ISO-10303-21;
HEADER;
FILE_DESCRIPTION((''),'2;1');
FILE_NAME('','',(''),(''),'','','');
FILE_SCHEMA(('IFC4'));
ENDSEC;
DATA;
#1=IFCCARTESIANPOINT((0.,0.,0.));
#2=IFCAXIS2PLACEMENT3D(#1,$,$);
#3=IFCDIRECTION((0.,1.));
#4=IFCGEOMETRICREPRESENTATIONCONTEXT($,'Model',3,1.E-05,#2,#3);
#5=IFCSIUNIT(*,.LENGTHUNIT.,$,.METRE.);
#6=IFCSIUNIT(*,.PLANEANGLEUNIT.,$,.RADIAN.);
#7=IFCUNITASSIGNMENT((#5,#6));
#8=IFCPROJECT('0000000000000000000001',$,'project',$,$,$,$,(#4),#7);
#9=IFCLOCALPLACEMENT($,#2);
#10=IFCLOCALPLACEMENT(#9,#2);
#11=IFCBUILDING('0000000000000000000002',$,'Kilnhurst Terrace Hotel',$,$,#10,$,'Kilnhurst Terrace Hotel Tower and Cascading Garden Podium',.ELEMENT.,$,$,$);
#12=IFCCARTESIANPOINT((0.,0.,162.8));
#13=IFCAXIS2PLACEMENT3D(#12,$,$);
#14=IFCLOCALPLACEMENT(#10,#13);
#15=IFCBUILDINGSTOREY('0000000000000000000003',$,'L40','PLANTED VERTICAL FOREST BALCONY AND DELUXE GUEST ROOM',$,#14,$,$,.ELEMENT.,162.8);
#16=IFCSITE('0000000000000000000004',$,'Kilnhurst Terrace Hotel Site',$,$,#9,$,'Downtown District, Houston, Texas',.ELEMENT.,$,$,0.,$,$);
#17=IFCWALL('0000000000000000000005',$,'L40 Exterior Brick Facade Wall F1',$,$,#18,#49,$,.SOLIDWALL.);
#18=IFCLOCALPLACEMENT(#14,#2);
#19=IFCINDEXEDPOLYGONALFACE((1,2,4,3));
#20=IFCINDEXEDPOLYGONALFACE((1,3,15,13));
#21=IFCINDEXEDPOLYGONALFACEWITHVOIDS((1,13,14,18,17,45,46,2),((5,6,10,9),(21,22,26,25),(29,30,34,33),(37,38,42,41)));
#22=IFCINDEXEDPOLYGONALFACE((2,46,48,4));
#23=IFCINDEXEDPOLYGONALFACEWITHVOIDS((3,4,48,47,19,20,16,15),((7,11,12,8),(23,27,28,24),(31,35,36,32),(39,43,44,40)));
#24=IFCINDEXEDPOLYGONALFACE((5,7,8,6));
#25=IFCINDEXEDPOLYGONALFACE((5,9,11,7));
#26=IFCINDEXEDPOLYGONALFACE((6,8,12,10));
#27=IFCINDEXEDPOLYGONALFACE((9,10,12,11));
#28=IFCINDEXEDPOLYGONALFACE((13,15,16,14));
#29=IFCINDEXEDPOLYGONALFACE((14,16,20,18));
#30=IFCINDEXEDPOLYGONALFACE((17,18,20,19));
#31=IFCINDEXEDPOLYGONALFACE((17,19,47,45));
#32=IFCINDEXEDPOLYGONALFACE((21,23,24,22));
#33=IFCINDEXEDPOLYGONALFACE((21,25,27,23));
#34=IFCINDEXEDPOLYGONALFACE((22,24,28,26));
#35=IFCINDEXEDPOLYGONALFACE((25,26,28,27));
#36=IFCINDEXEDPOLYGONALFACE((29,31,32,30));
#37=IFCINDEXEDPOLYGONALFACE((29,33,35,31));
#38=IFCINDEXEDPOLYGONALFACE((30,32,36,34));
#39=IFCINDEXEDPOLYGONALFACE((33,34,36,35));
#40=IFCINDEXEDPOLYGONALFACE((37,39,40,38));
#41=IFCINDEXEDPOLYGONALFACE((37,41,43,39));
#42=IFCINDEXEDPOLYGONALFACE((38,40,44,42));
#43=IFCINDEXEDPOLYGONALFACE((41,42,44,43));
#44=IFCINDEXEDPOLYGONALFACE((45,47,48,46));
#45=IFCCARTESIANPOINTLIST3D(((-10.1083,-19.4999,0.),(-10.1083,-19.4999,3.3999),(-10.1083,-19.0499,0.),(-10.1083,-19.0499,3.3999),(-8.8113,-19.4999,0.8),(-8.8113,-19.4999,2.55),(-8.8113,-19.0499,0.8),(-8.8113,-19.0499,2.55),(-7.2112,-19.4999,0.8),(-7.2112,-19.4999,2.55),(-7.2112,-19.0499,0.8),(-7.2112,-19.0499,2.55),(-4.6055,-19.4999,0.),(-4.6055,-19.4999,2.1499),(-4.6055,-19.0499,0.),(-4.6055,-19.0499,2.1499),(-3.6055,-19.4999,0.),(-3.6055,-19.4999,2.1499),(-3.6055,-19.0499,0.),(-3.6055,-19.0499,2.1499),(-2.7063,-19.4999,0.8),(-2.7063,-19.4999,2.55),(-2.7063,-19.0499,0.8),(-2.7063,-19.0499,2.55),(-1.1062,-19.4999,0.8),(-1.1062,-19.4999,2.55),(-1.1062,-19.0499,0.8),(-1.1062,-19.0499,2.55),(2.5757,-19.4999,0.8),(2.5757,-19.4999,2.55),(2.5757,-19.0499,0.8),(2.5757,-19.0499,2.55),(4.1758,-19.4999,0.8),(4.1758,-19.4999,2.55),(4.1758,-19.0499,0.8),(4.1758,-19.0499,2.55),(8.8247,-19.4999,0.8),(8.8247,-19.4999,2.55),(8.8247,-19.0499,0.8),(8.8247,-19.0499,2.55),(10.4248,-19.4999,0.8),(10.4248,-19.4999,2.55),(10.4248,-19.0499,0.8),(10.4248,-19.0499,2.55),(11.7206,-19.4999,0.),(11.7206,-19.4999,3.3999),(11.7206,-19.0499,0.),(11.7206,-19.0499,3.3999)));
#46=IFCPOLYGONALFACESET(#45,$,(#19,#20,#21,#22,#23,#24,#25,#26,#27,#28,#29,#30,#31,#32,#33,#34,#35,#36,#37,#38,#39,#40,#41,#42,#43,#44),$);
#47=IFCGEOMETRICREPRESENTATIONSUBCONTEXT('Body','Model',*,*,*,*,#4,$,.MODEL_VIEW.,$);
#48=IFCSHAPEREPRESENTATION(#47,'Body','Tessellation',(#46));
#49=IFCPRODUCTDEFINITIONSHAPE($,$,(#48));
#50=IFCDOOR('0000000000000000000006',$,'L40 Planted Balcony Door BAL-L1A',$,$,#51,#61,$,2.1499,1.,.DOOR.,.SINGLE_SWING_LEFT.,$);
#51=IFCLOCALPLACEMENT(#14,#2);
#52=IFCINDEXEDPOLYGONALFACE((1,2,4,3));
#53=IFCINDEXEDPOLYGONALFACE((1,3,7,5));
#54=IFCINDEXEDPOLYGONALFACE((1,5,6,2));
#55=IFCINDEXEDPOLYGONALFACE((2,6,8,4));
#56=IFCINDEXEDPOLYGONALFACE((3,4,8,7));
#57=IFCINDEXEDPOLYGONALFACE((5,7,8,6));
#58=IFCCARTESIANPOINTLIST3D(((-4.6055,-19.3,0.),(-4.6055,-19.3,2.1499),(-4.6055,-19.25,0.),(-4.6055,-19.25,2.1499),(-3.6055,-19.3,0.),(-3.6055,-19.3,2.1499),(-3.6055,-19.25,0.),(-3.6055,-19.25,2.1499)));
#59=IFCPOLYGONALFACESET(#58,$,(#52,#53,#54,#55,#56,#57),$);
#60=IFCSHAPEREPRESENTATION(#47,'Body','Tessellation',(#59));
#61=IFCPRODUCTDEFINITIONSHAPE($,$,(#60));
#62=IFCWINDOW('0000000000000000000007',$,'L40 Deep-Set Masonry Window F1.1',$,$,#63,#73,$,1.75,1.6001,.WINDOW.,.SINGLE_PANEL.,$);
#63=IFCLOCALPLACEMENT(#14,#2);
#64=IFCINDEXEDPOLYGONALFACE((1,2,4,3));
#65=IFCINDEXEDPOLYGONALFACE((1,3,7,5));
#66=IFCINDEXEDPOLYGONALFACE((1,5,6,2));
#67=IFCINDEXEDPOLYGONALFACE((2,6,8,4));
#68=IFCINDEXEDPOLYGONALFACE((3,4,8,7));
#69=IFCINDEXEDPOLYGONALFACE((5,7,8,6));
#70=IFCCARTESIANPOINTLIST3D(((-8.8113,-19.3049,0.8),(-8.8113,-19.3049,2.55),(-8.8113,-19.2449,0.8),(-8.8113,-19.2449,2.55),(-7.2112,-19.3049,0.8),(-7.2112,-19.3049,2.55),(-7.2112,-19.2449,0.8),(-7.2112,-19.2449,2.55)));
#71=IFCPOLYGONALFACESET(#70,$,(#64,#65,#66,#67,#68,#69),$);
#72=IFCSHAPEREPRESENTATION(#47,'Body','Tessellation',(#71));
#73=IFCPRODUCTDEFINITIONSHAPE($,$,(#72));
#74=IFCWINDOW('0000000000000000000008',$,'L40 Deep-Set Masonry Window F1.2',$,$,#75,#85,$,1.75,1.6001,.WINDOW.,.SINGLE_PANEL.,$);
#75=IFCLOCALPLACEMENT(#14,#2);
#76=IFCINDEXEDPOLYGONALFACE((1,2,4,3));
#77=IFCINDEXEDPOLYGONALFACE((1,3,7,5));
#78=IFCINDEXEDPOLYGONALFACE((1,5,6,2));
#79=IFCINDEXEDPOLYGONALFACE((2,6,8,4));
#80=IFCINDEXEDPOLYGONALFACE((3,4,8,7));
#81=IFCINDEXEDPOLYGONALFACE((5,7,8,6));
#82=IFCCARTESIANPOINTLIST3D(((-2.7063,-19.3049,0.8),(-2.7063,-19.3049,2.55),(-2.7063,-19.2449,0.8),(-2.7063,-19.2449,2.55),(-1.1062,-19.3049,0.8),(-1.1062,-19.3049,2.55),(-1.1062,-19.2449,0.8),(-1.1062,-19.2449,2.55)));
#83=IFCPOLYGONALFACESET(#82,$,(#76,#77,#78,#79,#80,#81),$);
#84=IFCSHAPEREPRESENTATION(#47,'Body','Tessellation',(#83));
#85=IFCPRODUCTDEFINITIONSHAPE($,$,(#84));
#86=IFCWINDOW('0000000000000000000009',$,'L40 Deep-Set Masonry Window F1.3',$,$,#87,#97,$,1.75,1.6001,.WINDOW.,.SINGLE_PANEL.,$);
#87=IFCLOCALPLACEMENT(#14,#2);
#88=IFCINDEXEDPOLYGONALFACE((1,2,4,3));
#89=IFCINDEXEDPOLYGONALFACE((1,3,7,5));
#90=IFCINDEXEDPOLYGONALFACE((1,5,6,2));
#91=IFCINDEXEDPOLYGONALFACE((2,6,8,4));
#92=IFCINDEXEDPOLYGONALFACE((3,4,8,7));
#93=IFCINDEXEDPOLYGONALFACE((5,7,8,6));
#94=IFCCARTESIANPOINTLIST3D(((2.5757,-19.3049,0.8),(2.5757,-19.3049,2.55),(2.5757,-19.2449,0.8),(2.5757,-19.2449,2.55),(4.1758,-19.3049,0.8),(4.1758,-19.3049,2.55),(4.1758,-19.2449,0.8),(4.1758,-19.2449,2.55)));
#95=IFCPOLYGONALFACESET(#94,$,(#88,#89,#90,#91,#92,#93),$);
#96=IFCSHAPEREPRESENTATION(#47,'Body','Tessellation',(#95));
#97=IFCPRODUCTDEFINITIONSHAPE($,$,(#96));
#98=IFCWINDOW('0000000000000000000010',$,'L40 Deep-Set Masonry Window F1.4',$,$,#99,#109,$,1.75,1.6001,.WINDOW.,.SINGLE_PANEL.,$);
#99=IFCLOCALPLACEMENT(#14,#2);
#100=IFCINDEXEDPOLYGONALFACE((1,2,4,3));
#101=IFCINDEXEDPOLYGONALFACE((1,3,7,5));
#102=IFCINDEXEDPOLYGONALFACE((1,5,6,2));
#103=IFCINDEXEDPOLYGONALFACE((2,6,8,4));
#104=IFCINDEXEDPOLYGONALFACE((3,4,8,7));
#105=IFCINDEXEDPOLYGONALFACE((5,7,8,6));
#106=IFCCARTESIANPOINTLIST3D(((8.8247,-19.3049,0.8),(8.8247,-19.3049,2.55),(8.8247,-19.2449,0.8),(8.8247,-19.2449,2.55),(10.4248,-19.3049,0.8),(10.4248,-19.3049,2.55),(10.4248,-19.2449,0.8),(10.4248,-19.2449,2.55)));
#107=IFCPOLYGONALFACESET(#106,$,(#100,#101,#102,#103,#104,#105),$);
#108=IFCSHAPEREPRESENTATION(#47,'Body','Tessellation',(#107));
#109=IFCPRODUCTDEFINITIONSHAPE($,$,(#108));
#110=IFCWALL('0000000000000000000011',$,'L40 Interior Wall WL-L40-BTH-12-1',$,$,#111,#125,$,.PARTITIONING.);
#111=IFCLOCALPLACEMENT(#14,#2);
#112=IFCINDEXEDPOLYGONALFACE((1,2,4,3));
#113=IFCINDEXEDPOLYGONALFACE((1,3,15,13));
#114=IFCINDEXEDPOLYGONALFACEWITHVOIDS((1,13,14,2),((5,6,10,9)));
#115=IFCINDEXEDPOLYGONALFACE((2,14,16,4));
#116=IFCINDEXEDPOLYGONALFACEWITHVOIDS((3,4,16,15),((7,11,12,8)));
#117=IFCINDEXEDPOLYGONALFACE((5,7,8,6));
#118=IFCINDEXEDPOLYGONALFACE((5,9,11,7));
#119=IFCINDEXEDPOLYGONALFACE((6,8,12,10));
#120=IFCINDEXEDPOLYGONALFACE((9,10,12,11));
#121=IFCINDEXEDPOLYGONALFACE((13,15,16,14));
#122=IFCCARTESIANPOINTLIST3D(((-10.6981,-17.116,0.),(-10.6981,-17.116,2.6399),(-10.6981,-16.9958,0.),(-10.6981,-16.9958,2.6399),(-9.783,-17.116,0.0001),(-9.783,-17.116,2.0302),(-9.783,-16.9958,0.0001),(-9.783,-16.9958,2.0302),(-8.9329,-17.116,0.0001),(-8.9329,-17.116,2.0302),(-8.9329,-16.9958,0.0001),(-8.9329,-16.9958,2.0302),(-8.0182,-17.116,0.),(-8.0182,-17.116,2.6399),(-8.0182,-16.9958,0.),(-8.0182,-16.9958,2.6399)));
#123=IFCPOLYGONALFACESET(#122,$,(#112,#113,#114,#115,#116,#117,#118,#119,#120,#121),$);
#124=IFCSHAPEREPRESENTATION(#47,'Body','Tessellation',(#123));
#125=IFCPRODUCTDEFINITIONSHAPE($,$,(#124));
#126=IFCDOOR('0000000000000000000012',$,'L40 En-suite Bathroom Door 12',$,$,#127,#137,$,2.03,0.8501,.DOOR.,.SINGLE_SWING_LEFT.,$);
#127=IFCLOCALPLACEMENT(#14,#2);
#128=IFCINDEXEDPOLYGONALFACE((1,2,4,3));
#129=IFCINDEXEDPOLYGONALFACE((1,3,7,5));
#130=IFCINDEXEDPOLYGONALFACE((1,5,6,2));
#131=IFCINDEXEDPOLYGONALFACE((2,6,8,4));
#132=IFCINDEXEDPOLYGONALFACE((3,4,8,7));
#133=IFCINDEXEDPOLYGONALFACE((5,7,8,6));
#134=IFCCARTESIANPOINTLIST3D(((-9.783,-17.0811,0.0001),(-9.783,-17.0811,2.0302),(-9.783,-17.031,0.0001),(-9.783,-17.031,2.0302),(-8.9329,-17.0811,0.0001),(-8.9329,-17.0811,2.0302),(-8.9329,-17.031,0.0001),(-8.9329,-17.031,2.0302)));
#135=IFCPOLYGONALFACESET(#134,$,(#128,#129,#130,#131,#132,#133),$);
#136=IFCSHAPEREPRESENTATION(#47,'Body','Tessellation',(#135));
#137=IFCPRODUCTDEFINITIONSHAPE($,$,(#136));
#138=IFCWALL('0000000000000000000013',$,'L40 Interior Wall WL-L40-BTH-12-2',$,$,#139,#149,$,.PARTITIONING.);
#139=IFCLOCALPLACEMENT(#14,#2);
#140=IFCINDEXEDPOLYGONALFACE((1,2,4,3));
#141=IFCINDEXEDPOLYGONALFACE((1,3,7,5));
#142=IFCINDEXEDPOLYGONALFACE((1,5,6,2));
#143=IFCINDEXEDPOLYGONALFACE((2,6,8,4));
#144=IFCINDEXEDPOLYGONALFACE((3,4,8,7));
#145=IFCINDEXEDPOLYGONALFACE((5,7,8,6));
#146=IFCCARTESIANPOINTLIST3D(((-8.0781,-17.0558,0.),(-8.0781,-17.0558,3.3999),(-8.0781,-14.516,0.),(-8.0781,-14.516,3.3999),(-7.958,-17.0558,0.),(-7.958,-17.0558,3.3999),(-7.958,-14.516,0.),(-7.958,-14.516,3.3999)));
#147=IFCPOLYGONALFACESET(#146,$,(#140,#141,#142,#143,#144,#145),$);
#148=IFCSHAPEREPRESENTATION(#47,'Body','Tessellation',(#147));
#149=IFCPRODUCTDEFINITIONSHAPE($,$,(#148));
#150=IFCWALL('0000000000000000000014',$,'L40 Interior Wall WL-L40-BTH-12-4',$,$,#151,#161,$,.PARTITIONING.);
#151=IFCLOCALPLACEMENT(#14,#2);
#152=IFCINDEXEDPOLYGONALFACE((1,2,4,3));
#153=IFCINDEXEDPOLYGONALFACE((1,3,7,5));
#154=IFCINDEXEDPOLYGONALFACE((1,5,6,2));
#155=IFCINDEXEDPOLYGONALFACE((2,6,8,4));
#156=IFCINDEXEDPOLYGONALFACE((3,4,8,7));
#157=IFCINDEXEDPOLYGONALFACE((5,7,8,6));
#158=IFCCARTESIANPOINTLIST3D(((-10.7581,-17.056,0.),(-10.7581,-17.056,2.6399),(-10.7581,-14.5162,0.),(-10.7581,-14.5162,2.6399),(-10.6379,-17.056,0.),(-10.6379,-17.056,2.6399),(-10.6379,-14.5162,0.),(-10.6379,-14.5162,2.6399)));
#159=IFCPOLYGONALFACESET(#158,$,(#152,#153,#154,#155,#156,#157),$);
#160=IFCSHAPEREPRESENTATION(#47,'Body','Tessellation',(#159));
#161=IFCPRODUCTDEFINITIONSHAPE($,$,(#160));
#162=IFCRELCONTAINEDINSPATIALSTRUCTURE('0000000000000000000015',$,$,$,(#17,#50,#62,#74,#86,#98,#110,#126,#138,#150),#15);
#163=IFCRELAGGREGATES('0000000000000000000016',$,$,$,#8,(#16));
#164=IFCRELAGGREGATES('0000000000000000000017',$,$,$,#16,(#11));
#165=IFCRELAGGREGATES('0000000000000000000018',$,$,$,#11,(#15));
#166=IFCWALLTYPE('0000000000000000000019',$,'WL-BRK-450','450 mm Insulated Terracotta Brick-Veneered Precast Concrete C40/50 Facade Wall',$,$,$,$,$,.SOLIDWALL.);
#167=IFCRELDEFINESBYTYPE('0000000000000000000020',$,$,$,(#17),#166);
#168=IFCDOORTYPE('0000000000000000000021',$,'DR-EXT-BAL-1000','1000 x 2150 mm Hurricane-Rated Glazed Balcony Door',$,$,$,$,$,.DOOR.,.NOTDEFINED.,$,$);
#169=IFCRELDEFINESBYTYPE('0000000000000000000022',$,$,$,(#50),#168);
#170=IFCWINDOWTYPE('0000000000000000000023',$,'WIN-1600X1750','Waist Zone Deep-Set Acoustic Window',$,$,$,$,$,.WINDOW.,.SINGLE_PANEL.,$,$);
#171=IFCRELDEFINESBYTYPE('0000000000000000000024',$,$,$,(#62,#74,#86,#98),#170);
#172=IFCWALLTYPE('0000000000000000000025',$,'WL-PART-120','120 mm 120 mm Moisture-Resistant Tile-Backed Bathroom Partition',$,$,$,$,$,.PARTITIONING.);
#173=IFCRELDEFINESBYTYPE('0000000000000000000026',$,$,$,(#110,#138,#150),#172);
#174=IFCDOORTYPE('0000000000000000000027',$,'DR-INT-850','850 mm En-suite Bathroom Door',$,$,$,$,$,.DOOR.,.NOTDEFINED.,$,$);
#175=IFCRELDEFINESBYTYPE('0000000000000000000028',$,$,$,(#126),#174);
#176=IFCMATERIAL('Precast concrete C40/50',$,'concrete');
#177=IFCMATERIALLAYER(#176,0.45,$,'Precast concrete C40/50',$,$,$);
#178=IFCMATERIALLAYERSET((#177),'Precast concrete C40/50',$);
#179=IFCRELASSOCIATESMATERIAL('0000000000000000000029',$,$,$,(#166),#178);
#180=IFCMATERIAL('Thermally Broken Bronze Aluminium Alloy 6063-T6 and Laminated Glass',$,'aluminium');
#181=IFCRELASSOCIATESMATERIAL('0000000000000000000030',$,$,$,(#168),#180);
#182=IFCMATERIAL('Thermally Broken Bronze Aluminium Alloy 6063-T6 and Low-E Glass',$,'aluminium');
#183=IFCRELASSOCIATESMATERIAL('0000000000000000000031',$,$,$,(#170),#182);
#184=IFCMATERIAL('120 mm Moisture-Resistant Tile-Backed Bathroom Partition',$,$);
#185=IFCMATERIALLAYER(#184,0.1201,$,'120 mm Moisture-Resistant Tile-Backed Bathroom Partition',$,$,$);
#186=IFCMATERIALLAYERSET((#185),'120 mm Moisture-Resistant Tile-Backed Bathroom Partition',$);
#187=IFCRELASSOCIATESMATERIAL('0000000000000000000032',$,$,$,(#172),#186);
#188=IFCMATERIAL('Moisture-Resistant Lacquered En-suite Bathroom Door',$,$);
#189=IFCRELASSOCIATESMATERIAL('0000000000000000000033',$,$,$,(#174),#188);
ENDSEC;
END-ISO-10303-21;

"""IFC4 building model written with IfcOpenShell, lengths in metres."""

from ifc_helpers import new_model, si_unit, direction, frame, frame_2d, origin, place, context, subcontext, project, spatial, rectangle, extrude, material, layer, layer_set, type_object, element, fill, save


model = new_model("IFC4")

# Units and contexts
model_context = context("Model", 3, precision=1e-05, world=origin(), true_north=direction((0.0, 1.0)))
body_context = subcontext(model_context, "Body", "Model", "MODEL_VIEW")
ifc_project = project(units=[si_unit("LENGTHUNIT", "METRE"), si_unit("PLANEANGLEUNIT", "RADIAN")], contexts=[model_context])

# Site, building, storey
site_placement = place(None, origin())
site = spatial("IfcSite", under=ifc_project, at=site_placement, Name="Kilnhurst Terrace Hotel Site", LongName="Downtown District, Houston, Texas", CompositionType="ELEMENT", RefElevation=0.0)
building_placement = place(site_placement, origin())
building = spatial("IfcBuilding", under=site, at=building_placement, Name="Kilnhurst Terrace Hotel", LongName="Kilnhurst Terrace Hotel Tower and Cascading Garden Podium", CompositionType="ELEMENT")
storey_placement = place(building_placement, frame((0.0, 0.0, 162.8)))
storey = spatial("IfcBuildingStorey", under=building, at=storey_placement, Name="L40", Description="PLANTED VERTICAL FOREST BALCONY AND DELUXE GUEST ROOM", CompositionType="ELEMENT", Elevation=162.8)

# Shared definitions
ifc_material_1 = material(Name="Precast concrete C40/50", Category="concrete")
ifc_layer_1 = layer(ifc_material_1, 0.45, Name="Precast concrete C40/50")
ifc_layer_set_1 = layer_set([ifc_layer_1], Name="Precast concrete C40/50")
wall_type_1 = type_object("IfcWallType", Name="WL-BRK-450", Description="450 mm Insulated Terracotta Brick-Veneered Precast Concrete C40/50 Facade Wall", PredefinedType="SOLIDWALL", material=ifc_layer_set_1)

# Wall, openings, door, windows
wall_1_placement = place(storey_placement, frame((-10.1084, -19.2749, 0.0), z_axis=(0.0, 0.0, 1.0), x_axis=(1.0, 0.0, 0.0)))
wall_1 = element("IfcWall", 1, at=wall_1_placement, inside=storey, type_object=wall_type_1, Name="L40 Exterior Brick Facade Wall F1", PredefinedType="SOLIDWALL", context=body_context, shape_type="SweptSolid", body=[
    extrude(rectangle(XDim=21.8289, YDim=0.45, at=frame_2d((10.9146, 0.0))), origin(), (0.0, 0.0, 1.0), 3.3999),
])
opening_1_placement = place(wall_1_placement, frame((5.5029, 0.0, 0.0)))
opening_1 = element("IfcOpeningElement", 2, at=opening_1_placement, cuts=wall_1, PredefinedType="OPENING", context=body_context, shape_type="SweptSolid", body=[
    extrude(rectangle(XDim=1.0, YDim=2.1499, at=frame_2d((0.5, 1.075))), frame((0.0, 0.2349, 0.0), z_axis=(0.0, -1.0, 0.0), x_axis=(1.0, 0.0, 0.0)), (0.0, 0.0, 1.0), 0.47),
])
opening_2_placement = place(wall_1_placement, frame((1.2971, 0.0, 0.8)))
opening_2 = element("IfcOpeningElement", 3, at=opening_2_placement, cuts=wall_1, PredefinedType="OPENING", context=body_context, shape_type="SweptSolid", body=[
    extrude(rectangle(XDim=1.6001, YDim=1.75, at=frame_2d((0.8, 0.875))), frame((0.0, 0.2349, 0.0), z_axis=(0.0, -1.0, 0.0), x_axis=(1.0, 0.0, 0.0)), (0.0, 0.0, 1.0), 0.47),
])
opening_3_placement = place(wall_1_placement, frame((7.4021, 0.0, 0.8)))
opening_3 = element("IfcOpeningElement", 4, at=opening_3_placement, cuts=wall_1, PredefinedType="OPENING", context=body_context, shape_type="SweptSolid", body=[
    extrude(rectangle(XDim=1.6001, YDim=1.75, at=frame_2d((0.8, 0.875))), frame((0.0, 0.2349, 0.0), z_axis=(0.0, -1.0, 0.0), x_axis=(1.0, 0.0, 0.0)), (0.0, 0.0, 1.0), 0.47),
])
opening_4_placement = place(wall_1_placement, frame((12.6841, 0.0, 0.8)))
opening_4 = element("IfcOpeningElement", 5, at=opening_4_placement, cuts=wall_1, PredefinedType="OPENING", context=body_context, shape_type="SweptSolid", body=[
    extrude(rectangle(XDim=1.6001, YDim=1.75, at=frame_2d((0.8, 0.875))), frame((0.0, 0.2349, 0.0), z_axis=(0.0, -1.0, 0.0), x_axis=(1.0, 0.0, 0.0)), (0.0, 0.0, 1.0), 0.47),
])
opening_5_placement = place(wall_1_placement, frame((18.9331, 0.0, 0.8)))
opening_5 = element("IfcOpeningElement", 6, at=opening_5_placement, cuts=wall_1, PredefinedType="OPENING", context=body_context, shape_type="SweptSolid", body=[
    extrude(rectangle(XDim=1.6001, YDim=1.75, at=frame_2d((0.8, 0.875))), frame((0.0, 0.2349, 0.0), z_axis=(0.0, -1.0, 0.0), x_axis=(1.0, 0.0, 0.0)), (0.0, 0.0, 1.0), 0.47),
])
ifc_material_2 = material(Name="Thermally Broken Bronze Aluminium Alloy 6063-T6 and Laminated Glass", Category="aluminium")
door_type_1 = type_object("IfcDoorType", Name="DR-EXT-BAL-1000", Description="1000 x 2150 mm Hurricane-Rated Glazed Balcony Door", OperationType="NOTDEFINED", PredefinedType="DOOR", material=ifc_material_2)
door_1_placement = place(opening_1_placement, origin())
door_1 = element("IfcDoor", 7, at=door_1_placement, inside=storey, type_object=door_type_1, Name="L40 Planted Balcony Door BAL-L1A", OperationType="SINGLE_SWING_LEFT", OverallHeight=2.1499, OverallWidth=1.0, PredefinedType="DOOR", context=body_context, shape_type="SweptSolid", body=[
    extrude(rectangle(XDim=1.0, YDim=2.1499, at=frame_2d((0.5, 1.075))), frame((0.0, 0.0249, 0.0), z_axis=(0.0, -1.0, 0.0), x_axis=(1.0, 0.0, 0.0)), (0.0, 0.0, 1.0), 0.05),
])
fill(opening_1, door_1)
ifc_material_3 = material(Name="Thermally Broken Bronze Aluminium Alloy 6063-T6 and Low-E Glass", Category="aluminium")
window_type = type_object("IfcWindowType", Name="WIN-1600X1750", Description="Waist Zone Deep-Set Acoustic Window", PartitioningType="SINGLE_PANEL", PredefinedType="WINDOW", material=ifc_material_3)
window_1_placement = place(opening_2_placement, origin())
window_1 = element("IfcWindow", 8, at=window_1_placement, inside=storey, type_object=window_type, Name="L40 Deep-Set Masonry Window F1.1", OverallHeight=1.75, OverallWidth=1.6001, PartitioningType="SINGLE_PANEL", PredefinedType="WINDOW", context=body_context, shape_type="SweptSolid", body=[
    extrude(rectangle(XDim=1.6001, YDim=1.75, at=frame_2d((0.8, 0.875))), frame((0.0, 0.03, 0.0), z_axis=(0.0, -1.0, 0.0), x_axis=(1.0, 0.0, 0.0)), (0.0, 0.0, 1.0), 0.0601),
])
fill(opening_2, window_1)
window_2_placement = place(opening_3_placement, origin())
window_2 = element("IfcWindow", 9, at=window_2_placement, inside=storey, type_object=window_type, Name="L40 Deep-Set Masonry Window F1.2", OverallHeight=1.75, OverallWidth=1.6001, PartitioningType="SINGLE_PANEL", PredefinedType="WINDOW", context=body_context, shape_type="SweptSolid", body=[
    extrude(rectangle(XDim=1.6001, YDim=1.75, at=frame_2d((0.8, 0.875))), frame((0.0, 0.03, 0.0), z_axis=(0.0, -1.0, 0.0), x_axis=(1.0, 0.0, 0.0)), (0.0, 0.0, 1.0), 0.0601),
])
fill(opening_3, window_2)
window_3_placement = place(opening_4_placement, origin())
window_3 = element("IfcWindow", 10, at=window_3_placement, inside=storey, type_object=window_type, Name="L40 Deep-Set Masonry Window F1.3", OverallHeight=1.75, OverallWidth=1.6001, PartitioningType="SINGLE_PANEL", PredefinedType="WINDOW", context=body_context, shape_type="SweptSolid", body=[
    extrude(rectangle(XDim=1.6001, YDim=1.75, at=frame_2d((0.8, 0.875))), frame((0.0, 0.03, 0.0), z_axis=(0.0, -1.0, 0.0), x_axis=(1.0, 0.0, 0.0)), (0.0, 0.0, 1.0), 0.0601),
])
fill(opening_4, window_3)
window_4_placement = place(opening_5_placement, origin())
window_4 = element("IfcWindow", 11, at=window_4_placement, inside=storey, type_object=window_type, Name="L40 Deep-Set Masonry Window F1.4", OverallHeight=1.75, OverallWidth=1.6001, PartitioningType="SINGLE_PANEL", PredefinedType="WINDOW", context=body_context, shape_type="SweptSolid", body=[
    extrude(rectangle(XDim=1.6001, YDim=1.75, at=frame_2d((0.8, 0.875))), frame((0.0, 0.03, 0.0), z_axis=(0.0, -1.0, 0.0), x_axis=(1.0, 0.0, 0.0)), (0.0, 0.0, 1.0), 0.0601),
])
fill(opening_5, window_4)

# Wall, opening, door
ifc_material_4 = material(Name="120 mm Moisture-Resistant Tile-Backed Bathroom Partition")
ifc_layer_2 = layer(ifc_material_4, 0.1201, Name="120 mm Moisture-Resistant Tile-Backed Bathroom Partition")
ifc_layer_set_2 = layer_set([ifc_layer_2], Name="120 mm Moisture-Resistant Tile-Backed Bathroom Partition")
wall_type_2 = type_object("IfcWallType", Name="WL-PART-120", Description="120 mm 120 mm Moisture-Resistant Tile-Backed Bathroom Partition", PredefinedType="PARTITIONING", material=ifc_layer_set_2)
wall_2_placement = place(storey_placement, frame((-10.698, -17.0559, 0.0), z_axis=(0.0, 0.0, 1.0), x_axis=(1.0, 0.0, 0.0)))
wall_2 = element("IfcWall", 12, at=wall_2_placement, inside=storey, type_object=wall_type_2, Name="L40 Interior Wall WL-L40-BTH-12-1", PredefinedType="PARTITIONING", context=body_context, shape_type="SweptSolid", body=[
    extrude(rectangle(XDim=2.6799, YDim=0.1201, at=frame_2d((1.3398, 0.0))), origin(), (0.0, 0.0, 1.0), 2.6399),
])
opening_6_placement = place(wall_2_placement, frame((0.915, 0.0, 0.0)))
opening_6 = element("IfcOpeningElement", 13, at=opening_6_placement, cuts=wall_2, PredefinedType="OPENING", context=body_context, shape_type="SweptSolid", body=[
    extrude(rectangle(XDim=0.8501, YDim=2.03, at=frame_2d((0.425, 1.0151))), frame((0.0, 0.0701, 0.0), z_axis=(0.0, -1.0, 0.0), x_axis=(1.0, 0.0, 0.0)), (0.0, 0.0, 1.0), 0.1401),
])
ifc_material_5 = material(Name="Moisture-Resistant Lacquered En-suite Bathroom Door")
door_type_2 = type_object("IfcDoorType", Name="DR-INT-850", Description="850 mm En-suite Bathroom Door", OperationType="NOTDEFINED", PredefinedType="DOOR", material=ifc_material_5)
door_2_placement = place(opening_6_placement, origin())
door_2 = element("IfcDoor", 14, at=door_2_placement, inside=storey, type_object=door_type_2, Name="L40 En-suite Bathroom Door 12", OperationType="SINGLE_SWING_LEFT", OverallHeight=2.03, OverallWidth=0.8501, PredefinedType="DOOR", context=body_context, shape_type="SweptSolid", body=[
    extrude(rectangle(XDim=0.8501, YDim=2.03, at=frame_2d((0.425, 1.0151))), frame((0.0, 0.0249, 0.0), z_axis=(0.0, -1.0, 0.0), x_axis=(1.0, 0.0, 0.0)), (0.0, 0.0, 1.0), 0.05),
])
fill(opening_6, door_2)

# Walls
wall_3_placement = place(storey_placement, frame((-8.0181, -17.0559, 0.0), z_axis=(0.0, 0.0, 1.0), x_axis=(0.0, 1.0, 0.0)))
element("IfcWall", 15, at=wall_3_placement, inside=storey, type_object=wall_type_2, Name="L40 Interior Wall WL-L40-BTH-12-2", PredefinedType="PARTITIONING", context=body_context, shape_type="SweptSolid", body=[
    extrude(rectangle(XDim=2.5398, YDim=0.1201, at=frame_2d((1.27, 0.0))), origin(), (0.0, 0.0, 1.0), 3.3999),
])
wall_4_placement = place(storey_placement, frame((-10.698, -14.5161, 0.0), z_axis=(0.0, 0.0, 1.0), x_axis=(0.0, -1.0, 0.0)))
element("IfcWall", 16, at=wall_4_placement, inside=storey, type_object=wall_type_2, Name="L40 Interior Wall WL-L40-BTH-12-4", PredefinedType="PARTITIONING", context=body_context, shape_type="SweptSolid", body=[
    extrude(rectangle(XDim=2.5398, YDim=0.1201, at=frame_2d((1.27, 0.0))), origin(), (0.0, 0.0, 1.0), 2.6399),
])

save(model, "model.ifc")
